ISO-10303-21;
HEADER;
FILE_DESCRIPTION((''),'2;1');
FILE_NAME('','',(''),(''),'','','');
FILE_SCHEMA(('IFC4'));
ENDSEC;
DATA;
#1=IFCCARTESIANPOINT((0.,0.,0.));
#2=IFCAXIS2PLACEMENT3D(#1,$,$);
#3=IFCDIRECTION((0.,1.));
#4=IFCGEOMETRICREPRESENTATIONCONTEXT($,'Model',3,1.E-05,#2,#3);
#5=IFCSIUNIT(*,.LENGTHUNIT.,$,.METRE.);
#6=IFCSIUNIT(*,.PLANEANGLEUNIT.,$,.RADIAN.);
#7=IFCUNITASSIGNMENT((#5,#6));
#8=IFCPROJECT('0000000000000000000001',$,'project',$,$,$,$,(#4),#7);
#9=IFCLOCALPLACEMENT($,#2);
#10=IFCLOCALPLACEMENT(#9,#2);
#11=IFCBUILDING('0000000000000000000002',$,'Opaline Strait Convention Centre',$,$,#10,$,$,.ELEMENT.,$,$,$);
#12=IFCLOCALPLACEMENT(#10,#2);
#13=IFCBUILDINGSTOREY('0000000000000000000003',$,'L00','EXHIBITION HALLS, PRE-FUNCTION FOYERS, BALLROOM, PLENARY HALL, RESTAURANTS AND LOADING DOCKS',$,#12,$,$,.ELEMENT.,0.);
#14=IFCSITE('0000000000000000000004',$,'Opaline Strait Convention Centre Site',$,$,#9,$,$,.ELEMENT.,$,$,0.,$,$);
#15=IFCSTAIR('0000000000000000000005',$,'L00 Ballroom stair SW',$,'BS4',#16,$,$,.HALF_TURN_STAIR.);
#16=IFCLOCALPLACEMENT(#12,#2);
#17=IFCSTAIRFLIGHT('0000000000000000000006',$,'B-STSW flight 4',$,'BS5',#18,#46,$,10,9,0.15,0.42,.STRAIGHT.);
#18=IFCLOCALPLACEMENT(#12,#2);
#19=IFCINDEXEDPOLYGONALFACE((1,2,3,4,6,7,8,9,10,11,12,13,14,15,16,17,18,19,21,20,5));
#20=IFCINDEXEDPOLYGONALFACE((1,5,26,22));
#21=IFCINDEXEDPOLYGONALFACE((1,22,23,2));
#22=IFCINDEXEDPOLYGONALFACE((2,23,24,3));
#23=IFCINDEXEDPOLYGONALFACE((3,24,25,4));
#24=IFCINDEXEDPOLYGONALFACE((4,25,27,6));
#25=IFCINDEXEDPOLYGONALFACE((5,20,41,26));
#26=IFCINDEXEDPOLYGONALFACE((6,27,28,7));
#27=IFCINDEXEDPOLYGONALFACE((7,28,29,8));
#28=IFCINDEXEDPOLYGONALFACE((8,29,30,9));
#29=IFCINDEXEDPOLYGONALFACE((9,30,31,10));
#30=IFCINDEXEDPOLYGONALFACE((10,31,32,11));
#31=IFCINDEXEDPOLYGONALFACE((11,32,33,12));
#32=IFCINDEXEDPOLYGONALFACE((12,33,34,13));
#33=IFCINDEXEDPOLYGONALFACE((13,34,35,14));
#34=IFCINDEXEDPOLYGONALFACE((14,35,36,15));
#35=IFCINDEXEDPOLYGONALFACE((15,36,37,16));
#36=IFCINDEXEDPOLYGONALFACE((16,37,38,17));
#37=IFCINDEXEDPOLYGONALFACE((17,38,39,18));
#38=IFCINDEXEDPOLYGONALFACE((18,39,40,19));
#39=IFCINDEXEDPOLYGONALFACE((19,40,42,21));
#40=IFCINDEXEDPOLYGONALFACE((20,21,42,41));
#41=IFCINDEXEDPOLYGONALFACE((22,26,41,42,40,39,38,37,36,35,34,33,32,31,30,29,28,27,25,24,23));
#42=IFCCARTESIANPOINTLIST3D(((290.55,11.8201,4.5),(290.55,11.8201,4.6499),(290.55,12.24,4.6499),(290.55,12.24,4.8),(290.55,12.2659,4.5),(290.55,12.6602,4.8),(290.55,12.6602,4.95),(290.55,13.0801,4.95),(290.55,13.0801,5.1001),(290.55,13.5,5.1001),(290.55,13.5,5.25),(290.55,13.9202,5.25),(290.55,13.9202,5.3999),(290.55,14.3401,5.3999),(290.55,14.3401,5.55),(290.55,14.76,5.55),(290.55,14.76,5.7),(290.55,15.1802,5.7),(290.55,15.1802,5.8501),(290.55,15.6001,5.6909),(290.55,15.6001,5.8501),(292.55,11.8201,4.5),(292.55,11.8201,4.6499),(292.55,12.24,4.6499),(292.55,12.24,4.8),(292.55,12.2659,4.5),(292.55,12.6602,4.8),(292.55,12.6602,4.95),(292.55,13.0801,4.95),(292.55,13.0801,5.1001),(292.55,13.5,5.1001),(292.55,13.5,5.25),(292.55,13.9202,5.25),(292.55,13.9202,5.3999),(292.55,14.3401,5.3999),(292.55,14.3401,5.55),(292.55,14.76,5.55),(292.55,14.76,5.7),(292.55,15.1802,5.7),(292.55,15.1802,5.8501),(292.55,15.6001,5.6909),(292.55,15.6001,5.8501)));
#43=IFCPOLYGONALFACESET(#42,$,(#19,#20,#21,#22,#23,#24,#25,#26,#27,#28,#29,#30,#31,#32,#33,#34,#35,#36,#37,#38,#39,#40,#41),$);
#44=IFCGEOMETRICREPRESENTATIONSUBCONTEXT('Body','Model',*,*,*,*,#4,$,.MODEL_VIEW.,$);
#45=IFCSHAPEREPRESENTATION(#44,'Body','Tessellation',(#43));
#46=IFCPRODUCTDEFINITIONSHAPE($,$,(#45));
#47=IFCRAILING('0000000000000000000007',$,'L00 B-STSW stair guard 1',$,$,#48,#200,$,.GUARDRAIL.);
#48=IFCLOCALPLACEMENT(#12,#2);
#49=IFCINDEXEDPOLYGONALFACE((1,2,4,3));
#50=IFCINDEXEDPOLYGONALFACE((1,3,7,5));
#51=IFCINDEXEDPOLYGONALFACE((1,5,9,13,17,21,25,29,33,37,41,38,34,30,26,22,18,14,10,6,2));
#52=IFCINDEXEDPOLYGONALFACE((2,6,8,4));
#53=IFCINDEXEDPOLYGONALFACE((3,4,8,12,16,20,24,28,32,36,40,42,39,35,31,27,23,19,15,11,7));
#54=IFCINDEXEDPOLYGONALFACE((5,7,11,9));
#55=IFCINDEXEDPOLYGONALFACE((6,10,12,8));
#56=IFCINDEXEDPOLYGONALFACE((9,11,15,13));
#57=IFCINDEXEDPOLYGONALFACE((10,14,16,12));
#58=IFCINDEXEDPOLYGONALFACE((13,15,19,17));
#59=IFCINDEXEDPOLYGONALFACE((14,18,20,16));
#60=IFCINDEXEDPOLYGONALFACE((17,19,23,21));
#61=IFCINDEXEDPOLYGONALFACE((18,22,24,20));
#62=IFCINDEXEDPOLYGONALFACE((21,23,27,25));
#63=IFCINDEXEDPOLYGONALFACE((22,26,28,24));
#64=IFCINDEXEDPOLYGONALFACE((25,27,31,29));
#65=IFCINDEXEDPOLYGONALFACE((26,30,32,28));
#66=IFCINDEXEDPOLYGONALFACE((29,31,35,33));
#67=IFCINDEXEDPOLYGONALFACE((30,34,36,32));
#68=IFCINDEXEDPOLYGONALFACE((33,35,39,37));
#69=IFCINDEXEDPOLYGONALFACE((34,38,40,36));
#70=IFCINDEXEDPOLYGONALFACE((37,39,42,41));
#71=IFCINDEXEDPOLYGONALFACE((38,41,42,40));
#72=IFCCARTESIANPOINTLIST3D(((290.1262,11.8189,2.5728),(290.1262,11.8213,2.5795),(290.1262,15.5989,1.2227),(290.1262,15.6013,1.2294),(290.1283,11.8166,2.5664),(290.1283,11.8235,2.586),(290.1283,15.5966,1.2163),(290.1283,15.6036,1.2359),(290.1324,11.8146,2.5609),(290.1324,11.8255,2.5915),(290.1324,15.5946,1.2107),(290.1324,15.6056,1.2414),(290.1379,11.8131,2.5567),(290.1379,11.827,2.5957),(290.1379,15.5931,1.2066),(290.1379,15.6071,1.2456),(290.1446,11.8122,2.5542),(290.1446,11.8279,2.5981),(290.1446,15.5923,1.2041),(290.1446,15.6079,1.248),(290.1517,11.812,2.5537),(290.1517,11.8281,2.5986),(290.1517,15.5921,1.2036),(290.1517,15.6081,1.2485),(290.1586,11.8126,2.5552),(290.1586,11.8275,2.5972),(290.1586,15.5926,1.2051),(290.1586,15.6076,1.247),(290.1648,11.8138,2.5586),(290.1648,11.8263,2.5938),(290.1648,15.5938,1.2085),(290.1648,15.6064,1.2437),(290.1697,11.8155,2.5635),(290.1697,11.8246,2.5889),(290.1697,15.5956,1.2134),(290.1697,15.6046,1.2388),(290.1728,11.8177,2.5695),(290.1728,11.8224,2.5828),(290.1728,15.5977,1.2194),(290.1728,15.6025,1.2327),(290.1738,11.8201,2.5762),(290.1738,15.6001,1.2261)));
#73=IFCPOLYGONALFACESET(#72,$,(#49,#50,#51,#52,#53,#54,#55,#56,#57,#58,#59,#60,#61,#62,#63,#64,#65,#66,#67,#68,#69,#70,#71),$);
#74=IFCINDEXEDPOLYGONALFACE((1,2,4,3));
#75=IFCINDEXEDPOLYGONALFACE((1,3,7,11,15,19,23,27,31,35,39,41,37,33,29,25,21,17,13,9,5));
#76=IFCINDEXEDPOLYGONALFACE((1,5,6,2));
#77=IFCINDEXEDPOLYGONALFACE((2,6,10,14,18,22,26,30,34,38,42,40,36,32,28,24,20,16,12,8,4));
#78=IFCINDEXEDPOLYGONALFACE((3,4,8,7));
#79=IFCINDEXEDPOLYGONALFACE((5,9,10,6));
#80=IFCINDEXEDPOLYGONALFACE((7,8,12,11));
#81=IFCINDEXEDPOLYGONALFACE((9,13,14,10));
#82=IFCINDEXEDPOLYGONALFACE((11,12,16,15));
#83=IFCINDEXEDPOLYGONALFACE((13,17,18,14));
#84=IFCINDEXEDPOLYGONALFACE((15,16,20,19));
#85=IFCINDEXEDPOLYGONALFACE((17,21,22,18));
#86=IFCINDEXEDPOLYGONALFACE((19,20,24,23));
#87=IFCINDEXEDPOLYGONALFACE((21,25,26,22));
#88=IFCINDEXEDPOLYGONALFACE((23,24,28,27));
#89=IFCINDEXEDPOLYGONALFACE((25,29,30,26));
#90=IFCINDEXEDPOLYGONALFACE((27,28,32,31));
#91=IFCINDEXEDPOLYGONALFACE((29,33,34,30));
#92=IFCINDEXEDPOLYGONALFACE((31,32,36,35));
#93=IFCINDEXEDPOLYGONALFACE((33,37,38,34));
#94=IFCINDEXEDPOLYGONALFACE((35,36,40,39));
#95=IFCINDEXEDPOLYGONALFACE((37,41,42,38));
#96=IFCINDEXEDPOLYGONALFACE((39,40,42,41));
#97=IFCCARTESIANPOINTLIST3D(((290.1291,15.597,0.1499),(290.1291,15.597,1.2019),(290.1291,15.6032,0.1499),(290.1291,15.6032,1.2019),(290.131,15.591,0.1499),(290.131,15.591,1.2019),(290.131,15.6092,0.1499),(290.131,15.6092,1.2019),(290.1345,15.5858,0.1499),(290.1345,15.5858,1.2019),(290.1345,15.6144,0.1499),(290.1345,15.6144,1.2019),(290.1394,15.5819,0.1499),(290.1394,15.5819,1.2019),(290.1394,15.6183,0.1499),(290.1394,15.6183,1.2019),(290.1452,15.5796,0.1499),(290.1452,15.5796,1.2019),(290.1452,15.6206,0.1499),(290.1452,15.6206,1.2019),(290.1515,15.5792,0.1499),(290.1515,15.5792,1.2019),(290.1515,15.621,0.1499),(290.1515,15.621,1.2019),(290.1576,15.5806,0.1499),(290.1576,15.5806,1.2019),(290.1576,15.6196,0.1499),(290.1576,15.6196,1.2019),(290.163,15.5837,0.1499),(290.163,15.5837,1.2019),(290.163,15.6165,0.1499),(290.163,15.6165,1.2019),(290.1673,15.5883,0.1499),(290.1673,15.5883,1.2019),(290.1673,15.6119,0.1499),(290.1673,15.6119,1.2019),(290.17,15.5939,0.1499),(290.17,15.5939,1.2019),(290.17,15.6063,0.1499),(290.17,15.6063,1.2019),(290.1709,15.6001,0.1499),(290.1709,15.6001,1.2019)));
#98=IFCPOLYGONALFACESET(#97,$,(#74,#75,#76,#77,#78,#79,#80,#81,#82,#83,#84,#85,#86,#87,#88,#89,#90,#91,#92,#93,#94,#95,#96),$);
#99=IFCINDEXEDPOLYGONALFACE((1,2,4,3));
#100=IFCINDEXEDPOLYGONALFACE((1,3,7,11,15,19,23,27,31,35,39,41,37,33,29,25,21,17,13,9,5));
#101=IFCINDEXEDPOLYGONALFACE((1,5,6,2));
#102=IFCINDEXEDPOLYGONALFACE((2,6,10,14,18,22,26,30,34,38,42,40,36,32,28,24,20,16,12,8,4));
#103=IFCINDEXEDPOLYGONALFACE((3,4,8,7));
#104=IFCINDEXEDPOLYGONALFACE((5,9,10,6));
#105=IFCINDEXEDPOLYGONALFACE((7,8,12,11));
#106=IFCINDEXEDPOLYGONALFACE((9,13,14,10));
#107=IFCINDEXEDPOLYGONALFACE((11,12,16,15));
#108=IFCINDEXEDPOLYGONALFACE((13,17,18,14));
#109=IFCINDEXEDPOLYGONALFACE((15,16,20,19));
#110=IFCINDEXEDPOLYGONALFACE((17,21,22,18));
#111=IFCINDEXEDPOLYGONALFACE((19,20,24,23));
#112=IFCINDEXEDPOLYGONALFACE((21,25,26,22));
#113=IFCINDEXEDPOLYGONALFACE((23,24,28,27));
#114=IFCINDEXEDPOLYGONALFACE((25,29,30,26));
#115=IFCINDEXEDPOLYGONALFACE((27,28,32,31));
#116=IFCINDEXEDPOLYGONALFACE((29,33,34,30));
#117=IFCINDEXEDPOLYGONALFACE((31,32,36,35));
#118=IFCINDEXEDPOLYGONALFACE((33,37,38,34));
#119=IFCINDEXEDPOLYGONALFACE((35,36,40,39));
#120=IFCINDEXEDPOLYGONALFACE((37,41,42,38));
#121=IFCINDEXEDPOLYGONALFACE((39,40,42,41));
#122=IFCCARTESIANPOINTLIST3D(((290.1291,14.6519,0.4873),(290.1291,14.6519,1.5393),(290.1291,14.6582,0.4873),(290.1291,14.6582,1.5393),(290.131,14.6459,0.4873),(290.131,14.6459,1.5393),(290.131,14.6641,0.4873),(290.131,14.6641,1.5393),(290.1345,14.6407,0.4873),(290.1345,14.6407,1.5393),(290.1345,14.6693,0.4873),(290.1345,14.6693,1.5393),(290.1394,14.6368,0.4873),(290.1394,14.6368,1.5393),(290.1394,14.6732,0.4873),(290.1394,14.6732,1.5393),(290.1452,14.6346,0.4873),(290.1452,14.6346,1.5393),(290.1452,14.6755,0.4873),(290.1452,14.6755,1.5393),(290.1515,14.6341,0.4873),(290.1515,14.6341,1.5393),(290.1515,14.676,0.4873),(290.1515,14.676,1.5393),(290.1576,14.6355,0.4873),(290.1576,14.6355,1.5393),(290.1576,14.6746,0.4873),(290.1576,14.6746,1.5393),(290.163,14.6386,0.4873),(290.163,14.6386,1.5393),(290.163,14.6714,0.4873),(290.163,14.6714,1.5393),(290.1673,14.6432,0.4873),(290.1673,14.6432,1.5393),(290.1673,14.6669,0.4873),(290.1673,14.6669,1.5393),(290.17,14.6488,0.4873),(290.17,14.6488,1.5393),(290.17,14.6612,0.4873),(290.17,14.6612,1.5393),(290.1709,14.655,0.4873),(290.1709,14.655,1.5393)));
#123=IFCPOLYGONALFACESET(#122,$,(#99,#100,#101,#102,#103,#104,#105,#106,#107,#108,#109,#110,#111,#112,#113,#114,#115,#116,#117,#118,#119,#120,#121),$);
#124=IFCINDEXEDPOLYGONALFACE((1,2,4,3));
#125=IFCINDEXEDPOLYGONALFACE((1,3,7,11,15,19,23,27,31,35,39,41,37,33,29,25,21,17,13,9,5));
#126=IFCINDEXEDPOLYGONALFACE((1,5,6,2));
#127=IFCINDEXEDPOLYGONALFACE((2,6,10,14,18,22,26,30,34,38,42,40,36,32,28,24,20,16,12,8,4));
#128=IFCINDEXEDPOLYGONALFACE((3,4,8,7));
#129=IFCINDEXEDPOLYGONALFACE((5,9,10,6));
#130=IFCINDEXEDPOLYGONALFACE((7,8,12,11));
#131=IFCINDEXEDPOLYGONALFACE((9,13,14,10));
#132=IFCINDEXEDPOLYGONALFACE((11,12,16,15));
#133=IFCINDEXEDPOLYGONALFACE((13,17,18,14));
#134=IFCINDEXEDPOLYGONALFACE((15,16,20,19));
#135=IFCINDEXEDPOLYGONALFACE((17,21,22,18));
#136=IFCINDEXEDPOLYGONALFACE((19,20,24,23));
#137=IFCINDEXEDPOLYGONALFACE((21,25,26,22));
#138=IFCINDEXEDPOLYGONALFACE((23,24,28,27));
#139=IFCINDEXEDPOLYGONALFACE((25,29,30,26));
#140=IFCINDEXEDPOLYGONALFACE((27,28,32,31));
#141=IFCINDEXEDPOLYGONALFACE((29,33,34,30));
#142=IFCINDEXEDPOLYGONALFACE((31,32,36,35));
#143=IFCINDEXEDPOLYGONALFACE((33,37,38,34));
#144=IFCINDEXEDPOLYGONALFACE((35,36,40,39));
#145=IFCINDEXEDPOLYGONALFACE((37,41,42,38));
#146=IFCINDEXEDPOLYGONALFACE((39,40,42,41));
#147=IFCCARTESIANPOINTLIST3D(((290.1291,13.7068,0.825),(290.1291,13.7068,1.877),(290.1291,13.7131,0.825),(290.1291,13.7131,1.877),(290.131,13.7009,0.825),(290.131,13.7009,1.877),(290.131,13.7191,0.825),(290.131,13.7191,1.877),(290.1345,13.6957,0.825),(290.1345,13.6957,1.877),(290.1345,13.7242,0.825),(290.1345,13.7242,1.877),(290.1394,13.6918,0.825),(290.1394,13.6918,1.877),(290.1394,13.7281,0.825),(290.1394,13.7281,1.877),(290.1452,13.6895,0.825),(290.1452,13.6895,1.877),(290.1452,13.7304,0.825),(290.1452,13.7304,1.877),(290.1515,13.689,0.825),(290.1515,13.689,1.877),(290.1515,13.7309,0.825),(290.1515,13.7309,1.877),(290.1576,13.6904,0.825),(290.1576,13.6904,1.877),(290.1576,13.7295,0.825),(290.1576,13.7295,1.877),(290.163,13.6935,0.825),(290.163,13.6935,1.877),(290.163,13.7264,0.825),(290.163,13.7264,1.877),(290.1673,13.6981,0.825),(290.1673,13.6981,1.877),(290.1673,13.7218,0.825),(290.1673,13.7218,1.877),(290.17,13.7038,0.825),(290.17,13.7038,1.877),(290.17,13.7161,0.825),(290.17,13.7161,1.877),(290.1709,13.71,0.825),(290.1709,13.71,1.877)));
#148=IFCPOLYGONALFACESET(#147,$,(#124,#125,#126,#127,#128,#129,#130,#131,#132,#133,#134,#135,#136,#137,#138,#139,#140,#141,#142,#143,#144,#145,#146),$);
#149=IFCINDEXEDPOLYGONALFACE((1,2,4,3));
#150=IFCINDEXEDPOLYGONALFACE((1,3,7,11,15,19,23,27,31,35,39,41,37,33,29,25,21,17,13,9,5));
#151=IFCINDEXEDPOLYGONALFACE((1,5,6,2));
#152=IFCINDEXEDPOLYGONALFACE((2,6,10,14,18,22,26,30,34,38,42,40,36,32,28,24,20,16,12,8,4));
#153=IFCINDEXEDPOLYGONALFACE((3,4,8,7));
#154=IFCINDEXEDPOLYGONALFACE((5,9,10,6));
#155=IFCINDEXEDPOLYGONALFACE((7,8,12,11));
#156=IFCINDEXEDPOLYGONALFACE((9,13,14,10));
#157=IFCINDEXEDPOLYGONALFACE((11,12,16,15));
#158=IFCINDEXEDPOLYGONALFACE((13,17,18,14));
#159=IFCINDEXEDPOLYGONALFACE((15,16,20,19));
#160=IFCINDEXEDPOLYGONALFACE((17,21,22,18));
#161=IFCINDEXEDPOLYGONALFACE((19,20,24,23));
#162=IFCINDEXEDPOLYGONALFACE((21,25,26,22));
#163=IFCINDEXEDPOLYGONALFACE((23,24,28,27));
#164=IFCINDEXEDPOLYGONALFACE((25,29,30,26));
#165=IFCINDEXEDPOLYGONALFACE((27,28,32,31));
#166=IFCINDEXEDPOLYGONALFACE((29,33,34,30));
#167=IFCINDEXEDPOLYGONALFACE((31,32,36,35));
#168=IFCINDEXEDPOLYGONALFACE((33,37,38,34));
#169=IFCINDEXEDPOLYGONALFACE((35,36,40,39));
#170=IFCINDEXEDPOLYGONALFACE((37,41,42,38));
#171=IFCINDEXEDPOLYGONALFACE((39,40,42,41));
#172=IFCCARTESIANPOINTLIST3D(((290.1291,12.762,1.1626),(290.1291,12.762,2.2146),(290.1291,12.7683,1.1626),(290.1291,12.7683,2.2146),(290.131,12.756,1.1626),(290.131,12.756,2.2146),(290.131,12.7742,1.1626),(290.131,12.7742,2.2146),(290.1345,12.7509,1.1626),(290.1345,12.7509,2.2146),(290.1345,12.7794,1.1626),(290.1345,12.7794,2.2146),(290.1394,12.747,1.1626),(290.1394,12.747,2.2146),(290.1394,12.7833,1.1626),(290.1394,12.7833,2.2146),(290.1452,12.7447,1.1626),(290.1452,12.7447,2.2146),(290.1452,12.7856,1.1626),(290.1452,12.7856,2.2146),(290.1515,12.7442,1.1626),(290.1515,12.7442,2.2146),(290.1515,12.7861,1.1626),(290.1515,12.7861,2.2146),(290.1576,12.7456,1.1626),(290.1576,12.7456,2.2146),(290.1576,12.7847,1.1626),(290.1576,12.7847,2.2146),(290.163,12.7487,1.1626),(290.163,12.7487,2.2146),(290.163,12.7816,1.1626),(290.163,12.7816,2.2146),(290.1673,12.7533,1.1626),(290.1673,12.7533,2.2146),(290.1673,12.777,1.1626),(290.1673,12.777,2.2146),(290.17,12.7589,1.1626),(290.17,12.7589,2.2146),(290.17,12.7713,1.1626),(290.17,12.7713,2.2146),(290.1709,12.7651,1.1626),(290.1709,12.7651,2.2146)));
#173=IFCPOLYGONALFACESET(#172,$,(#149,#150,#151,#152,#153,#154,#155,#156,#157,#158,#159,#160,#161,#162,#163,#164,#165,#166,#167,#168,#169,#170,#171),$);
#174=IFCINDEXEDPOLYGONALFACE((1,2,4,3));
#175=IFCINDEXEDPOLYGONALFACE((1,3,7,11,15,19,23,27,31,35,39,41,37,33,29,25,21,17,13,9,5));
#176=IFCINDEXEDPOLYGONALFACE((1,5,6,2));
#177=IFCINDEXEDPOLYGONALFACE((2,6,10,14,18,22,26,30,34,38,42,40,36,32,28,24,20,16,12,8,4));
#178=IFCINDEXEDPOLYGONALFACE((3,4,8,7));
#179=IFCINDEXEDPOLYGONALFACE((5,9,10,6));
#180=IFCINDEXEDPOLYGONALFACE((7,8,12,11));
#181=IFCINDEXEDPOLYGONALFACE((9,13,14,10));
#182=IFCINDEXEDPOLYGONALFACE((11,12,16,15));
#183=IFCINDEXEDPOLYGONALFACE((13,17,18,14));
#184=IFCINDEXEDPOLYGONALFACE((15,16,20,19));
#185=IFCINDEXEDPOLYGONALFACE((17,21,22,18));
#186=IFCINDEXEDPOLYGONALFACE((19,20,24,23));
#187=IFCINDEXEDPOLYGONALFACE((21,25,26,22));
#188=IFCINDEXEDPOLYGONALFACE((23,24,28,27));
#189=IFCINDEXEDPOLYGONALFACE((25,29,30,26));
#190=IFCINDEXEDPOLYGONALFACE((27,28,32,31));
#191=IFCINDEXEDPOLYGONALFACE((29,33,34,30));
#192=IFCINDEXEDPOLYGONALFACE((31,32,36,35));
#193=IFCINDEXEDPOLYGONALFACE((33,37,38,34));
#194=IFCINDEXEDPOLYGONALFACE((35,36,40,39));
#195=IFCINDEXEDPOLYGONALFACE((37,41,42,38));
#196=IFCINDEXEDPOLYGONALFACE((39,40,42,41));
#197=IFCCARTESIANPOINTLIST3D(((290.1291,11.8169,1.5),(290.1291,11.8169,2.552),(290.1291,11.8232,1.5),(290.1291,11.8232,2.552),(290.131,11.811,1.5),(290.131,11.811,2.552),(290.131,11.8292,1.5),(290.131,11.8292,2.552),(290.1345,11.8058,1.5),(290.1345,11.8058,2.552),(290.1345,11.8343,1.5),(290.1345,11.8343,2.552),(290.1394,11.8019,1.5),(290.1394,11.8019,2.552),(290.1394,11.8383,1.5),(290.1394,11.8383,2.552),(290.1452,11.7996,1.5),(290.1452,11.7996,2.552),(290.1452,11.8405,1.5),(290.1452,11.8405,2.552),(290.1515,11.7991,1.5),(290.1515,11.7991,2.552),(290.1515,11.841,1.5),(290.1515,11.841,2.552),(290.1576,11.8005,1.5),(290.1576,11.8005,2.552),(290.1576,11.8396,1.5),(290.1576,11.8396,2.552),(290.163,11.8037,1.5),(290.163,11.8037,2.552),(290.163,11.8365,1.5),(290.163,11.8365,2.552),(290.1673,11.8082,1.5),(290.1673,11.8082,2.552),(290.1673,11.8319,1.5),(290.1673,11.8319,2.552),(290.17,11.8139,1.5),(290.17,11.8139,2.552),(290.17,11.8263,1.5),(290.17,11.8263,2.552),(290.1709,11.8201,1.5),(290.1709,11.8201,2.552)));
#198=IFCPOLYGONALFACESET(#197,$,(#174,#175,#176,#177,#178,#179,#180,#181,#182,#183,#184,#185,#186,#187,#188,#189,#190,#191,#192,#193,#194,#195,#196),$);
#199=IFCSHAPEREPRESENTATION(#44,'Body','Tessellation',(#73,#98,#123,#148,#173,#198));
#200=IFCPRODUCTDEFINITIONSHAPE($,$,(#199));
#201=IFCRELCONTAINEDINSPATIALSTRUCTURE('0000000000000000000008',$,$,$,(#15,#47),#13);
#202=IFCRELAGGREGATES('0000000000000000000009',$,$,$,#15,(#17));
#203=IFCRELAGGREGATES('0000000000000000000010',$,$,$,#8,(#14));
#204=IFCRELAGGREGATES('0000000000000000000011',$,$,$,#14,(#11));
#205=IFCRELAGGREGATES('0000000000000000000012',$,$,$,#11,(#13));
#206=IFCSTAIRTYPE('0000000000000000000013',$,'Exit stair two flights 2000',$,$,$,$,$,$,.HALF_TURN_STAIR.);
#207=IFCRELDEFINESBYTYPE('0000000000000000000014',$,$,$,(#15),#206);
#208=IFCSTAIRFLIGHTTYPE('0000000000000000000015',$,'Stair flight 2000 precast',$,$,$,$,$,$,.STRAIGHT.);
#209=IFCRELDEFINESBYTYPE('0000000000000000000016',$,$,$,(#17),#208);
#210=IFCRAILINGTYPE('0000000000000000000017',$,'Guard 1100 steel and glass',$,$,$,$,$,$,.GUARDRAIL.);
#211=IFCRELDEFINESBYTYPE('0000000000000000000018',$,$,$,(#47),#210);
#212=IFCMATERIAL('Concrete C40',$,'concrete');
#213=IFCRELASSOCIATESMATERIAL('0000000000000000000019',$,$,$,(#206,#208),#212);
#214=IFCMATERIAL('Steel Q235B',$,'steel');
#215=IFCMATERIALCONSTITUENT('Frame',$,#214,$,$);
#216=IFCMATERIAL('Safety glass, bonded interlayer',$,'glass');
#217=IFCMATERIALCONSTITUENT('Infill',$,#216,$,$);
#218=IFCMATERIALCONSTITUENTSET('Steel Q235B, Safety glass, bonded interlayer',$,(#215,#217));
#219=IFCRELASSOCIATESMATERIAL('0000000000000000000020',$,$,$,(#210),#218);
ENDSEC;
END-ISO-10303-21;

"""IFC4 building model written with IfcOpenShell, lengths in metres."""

from ifc_helpers import new_model, si_unit, direction, frame, origin, origin_2d, place, context, subcontext, project, spatial, polyline, circle, outline, extrude, material, constituent, constituent_set, type_object, element, aggregate, save


model = new_model("IFC4")

# Units and contexts
model_context = context("Model", 3, precision=1e-05, world=origin(), true_north=direction((0.0, 1.0)))
body_context = subcontext(model_context, "Body", "Model", "MODEL_VIEW")
ifc_project = project(units=[si_unit("LENGTHUNIT", "METRE"), si_unit("PLANEANGLEUNIT", "RADIAN")], contexts=[model_context])

# Site, building, storey
site_placement = place(None, origin())
site = spatial("IfcSite", under=ifc_project, at=site_placement, Name="Opaline Strait Convention Centre Site", CompositionType="ELEMENT", RefElevation=0.0)
building_placement = place(site_placement, origin())
building = spatial("IfcBuilding", under=site, at=building_placement, Name="Opaline Strait Convention Centre", CompositionType="ELEMENT")
storey_placement = place(building_placement, origin())
storey = spatial("IfcBuildingStorey", under=building, at=storey_placement, Name="L00", Description="EXHIBITION HALLS, PRE-FUNCTION FOYERS, BALLROOM, PLENARY HALL, RESTAURANTS AND LOADING DOCKS", CompositionType="ELEMENT", Elevation=0.0)

# Shared definitions
ifc_material_1 = material(Name="Concrete C40", Category="concrete")
ifc_material_2 = material(Name="Steel Q235B", Category="steel")

# Stair, stair flight
stair_type = type_object("IfcStairType", Name="Exit stair two flights 2000", PredefinedType="HALF_TURN_STAIR", material=ifc_material_1)
stair_placement = place(storey_placement, origin())
stair = element("IfcStair", 1, at=stair_placement, inside=storey, type_object=stair_type, Name="L00 Ballroom stair SW", ObjectType="BS4", PredefinedType="HALF_TURN_STAIR")
stair_flight_type = type_object("IfcStairFlightType", Name="Stair flight 2000 precast", PredefinedType="STRAIGHT", material=ifc_material_1)
stair_flight_1_placement = place(storey_placement, frame((291.55, 11.8201, 4.5), z_axis=(0.0, 0.0, 1.0), x_axis=(0.0, 1.0, 0.0)))
stair_flight_1 = element("IfcStairFlight", 2, at=stair_flight_1_placement, type_object=stair_flight_type, Name="B-STSW flight 4", ObjectType="BS5", NumberOfRisers=10, NumberOfTreads=9, PredefinedType="STRAIGHT", RiserHeight=0.15, TreadLength=0.42, context=body_context, shape_type="SweptSolid", body=[
    extrude(outline(polyline([(0.0, 0.0), (0.0, 0.1499), (0.4199, 0.1499), (0.4199, 0.3), (0.8401, 0.3), (0.8401, 0.45), (1.26, 0.45), (1.26, 0.6001), (1.6799, 0.6001), (1.6799, 0.75), (2.1001, 0.75), (2.1001, 0.8999), (2.52, 0.8999), (2.52, 1.05), (2.9399, 1.05), (2.9399, 1.2), (3.3601, 1.2), (3.3601, 1.3501), (3.78, 1.3501), (3.78, 1.5), (3.78, 1.1909), (0.4458, 0.0), (0.0, 0.0)])), frame((0.0, 1.0, 0.0), z_axis=(0.0, -1.0, 0.0), x_axis=(1.0, 0.0, 0.0)), (0.0, 0.0, 1.0), 2.0),
])
aggregate(stair, [stair_flight_1])

# Railing
ifc_constituent_1 = constituent(ifc_material_2, Name="Frame")
ifc_material_3 = material(Name="Safety glass, bonded interlayer", Category="glass")
ifc_constituent_2 = constituent(ifc_material_3, Name="Infill")
ifc_constituent_set = constituent_set(constituents=[ifc_constituent_1, ifc_constituent_2], Name="Steel Q235B, Safety glass, bonded interlayer")
railing_type_1 = type_object("IfcRailingType", Name="Guard 1100 steel and glass", PredefinedType="GUARDRAIL", material=ifc_constituent_set)
railing_1_placement = place(storey_placement, frame((290.1499, 15.6001, 0.1499)))
element("IfcRailing", 3, at=railing_1_placement, inside=storey, type_object=railing_type_1, Name="L00 B-STSW stair guard 1", PredefinedType="GUARDRAIL", context=body_context, shape_type="SweptSolid", body=[
    extrude(circle(Radius=0.0239, at=origin_2d()), frame((0.0, 0.0, 1.0762), z_axis=(0.0, -0.941735, 0.336356), x_axis=(1.0, 0.0, 0.0)), (0.0, 0.0, 1.0), 4.0139),
    extrude(circle(Radius=0.021, at=origin_2d()), origin(), (0.0, 0.0, 1.0), 1.052),
    extrude(circle(Radius=0.021, at=origin_2d()), frame((0.0, -0.9451, 0.3374)), (0.0, 0.0, 1.0), 1.052),
    extrude(circle(Radius=0.021, at=origin_2d()), frame((0.0, -1.8901, 0.675)), (0.0, 0.0, 1.0), 1.052),
    extrude(circle(Radius=0.021, at=origin_2d()), frame((0.0, -2.835, 1.0127)), (0.0, 0.0, 1.0), 1.052),
    extrude(circle(Radius=0.021, at=origin_2d()), frame((0.0, -3.78, 1.3501)), (0.0, 0.0, 1.0), 1.052),
])

save(model, "model.ifc")
